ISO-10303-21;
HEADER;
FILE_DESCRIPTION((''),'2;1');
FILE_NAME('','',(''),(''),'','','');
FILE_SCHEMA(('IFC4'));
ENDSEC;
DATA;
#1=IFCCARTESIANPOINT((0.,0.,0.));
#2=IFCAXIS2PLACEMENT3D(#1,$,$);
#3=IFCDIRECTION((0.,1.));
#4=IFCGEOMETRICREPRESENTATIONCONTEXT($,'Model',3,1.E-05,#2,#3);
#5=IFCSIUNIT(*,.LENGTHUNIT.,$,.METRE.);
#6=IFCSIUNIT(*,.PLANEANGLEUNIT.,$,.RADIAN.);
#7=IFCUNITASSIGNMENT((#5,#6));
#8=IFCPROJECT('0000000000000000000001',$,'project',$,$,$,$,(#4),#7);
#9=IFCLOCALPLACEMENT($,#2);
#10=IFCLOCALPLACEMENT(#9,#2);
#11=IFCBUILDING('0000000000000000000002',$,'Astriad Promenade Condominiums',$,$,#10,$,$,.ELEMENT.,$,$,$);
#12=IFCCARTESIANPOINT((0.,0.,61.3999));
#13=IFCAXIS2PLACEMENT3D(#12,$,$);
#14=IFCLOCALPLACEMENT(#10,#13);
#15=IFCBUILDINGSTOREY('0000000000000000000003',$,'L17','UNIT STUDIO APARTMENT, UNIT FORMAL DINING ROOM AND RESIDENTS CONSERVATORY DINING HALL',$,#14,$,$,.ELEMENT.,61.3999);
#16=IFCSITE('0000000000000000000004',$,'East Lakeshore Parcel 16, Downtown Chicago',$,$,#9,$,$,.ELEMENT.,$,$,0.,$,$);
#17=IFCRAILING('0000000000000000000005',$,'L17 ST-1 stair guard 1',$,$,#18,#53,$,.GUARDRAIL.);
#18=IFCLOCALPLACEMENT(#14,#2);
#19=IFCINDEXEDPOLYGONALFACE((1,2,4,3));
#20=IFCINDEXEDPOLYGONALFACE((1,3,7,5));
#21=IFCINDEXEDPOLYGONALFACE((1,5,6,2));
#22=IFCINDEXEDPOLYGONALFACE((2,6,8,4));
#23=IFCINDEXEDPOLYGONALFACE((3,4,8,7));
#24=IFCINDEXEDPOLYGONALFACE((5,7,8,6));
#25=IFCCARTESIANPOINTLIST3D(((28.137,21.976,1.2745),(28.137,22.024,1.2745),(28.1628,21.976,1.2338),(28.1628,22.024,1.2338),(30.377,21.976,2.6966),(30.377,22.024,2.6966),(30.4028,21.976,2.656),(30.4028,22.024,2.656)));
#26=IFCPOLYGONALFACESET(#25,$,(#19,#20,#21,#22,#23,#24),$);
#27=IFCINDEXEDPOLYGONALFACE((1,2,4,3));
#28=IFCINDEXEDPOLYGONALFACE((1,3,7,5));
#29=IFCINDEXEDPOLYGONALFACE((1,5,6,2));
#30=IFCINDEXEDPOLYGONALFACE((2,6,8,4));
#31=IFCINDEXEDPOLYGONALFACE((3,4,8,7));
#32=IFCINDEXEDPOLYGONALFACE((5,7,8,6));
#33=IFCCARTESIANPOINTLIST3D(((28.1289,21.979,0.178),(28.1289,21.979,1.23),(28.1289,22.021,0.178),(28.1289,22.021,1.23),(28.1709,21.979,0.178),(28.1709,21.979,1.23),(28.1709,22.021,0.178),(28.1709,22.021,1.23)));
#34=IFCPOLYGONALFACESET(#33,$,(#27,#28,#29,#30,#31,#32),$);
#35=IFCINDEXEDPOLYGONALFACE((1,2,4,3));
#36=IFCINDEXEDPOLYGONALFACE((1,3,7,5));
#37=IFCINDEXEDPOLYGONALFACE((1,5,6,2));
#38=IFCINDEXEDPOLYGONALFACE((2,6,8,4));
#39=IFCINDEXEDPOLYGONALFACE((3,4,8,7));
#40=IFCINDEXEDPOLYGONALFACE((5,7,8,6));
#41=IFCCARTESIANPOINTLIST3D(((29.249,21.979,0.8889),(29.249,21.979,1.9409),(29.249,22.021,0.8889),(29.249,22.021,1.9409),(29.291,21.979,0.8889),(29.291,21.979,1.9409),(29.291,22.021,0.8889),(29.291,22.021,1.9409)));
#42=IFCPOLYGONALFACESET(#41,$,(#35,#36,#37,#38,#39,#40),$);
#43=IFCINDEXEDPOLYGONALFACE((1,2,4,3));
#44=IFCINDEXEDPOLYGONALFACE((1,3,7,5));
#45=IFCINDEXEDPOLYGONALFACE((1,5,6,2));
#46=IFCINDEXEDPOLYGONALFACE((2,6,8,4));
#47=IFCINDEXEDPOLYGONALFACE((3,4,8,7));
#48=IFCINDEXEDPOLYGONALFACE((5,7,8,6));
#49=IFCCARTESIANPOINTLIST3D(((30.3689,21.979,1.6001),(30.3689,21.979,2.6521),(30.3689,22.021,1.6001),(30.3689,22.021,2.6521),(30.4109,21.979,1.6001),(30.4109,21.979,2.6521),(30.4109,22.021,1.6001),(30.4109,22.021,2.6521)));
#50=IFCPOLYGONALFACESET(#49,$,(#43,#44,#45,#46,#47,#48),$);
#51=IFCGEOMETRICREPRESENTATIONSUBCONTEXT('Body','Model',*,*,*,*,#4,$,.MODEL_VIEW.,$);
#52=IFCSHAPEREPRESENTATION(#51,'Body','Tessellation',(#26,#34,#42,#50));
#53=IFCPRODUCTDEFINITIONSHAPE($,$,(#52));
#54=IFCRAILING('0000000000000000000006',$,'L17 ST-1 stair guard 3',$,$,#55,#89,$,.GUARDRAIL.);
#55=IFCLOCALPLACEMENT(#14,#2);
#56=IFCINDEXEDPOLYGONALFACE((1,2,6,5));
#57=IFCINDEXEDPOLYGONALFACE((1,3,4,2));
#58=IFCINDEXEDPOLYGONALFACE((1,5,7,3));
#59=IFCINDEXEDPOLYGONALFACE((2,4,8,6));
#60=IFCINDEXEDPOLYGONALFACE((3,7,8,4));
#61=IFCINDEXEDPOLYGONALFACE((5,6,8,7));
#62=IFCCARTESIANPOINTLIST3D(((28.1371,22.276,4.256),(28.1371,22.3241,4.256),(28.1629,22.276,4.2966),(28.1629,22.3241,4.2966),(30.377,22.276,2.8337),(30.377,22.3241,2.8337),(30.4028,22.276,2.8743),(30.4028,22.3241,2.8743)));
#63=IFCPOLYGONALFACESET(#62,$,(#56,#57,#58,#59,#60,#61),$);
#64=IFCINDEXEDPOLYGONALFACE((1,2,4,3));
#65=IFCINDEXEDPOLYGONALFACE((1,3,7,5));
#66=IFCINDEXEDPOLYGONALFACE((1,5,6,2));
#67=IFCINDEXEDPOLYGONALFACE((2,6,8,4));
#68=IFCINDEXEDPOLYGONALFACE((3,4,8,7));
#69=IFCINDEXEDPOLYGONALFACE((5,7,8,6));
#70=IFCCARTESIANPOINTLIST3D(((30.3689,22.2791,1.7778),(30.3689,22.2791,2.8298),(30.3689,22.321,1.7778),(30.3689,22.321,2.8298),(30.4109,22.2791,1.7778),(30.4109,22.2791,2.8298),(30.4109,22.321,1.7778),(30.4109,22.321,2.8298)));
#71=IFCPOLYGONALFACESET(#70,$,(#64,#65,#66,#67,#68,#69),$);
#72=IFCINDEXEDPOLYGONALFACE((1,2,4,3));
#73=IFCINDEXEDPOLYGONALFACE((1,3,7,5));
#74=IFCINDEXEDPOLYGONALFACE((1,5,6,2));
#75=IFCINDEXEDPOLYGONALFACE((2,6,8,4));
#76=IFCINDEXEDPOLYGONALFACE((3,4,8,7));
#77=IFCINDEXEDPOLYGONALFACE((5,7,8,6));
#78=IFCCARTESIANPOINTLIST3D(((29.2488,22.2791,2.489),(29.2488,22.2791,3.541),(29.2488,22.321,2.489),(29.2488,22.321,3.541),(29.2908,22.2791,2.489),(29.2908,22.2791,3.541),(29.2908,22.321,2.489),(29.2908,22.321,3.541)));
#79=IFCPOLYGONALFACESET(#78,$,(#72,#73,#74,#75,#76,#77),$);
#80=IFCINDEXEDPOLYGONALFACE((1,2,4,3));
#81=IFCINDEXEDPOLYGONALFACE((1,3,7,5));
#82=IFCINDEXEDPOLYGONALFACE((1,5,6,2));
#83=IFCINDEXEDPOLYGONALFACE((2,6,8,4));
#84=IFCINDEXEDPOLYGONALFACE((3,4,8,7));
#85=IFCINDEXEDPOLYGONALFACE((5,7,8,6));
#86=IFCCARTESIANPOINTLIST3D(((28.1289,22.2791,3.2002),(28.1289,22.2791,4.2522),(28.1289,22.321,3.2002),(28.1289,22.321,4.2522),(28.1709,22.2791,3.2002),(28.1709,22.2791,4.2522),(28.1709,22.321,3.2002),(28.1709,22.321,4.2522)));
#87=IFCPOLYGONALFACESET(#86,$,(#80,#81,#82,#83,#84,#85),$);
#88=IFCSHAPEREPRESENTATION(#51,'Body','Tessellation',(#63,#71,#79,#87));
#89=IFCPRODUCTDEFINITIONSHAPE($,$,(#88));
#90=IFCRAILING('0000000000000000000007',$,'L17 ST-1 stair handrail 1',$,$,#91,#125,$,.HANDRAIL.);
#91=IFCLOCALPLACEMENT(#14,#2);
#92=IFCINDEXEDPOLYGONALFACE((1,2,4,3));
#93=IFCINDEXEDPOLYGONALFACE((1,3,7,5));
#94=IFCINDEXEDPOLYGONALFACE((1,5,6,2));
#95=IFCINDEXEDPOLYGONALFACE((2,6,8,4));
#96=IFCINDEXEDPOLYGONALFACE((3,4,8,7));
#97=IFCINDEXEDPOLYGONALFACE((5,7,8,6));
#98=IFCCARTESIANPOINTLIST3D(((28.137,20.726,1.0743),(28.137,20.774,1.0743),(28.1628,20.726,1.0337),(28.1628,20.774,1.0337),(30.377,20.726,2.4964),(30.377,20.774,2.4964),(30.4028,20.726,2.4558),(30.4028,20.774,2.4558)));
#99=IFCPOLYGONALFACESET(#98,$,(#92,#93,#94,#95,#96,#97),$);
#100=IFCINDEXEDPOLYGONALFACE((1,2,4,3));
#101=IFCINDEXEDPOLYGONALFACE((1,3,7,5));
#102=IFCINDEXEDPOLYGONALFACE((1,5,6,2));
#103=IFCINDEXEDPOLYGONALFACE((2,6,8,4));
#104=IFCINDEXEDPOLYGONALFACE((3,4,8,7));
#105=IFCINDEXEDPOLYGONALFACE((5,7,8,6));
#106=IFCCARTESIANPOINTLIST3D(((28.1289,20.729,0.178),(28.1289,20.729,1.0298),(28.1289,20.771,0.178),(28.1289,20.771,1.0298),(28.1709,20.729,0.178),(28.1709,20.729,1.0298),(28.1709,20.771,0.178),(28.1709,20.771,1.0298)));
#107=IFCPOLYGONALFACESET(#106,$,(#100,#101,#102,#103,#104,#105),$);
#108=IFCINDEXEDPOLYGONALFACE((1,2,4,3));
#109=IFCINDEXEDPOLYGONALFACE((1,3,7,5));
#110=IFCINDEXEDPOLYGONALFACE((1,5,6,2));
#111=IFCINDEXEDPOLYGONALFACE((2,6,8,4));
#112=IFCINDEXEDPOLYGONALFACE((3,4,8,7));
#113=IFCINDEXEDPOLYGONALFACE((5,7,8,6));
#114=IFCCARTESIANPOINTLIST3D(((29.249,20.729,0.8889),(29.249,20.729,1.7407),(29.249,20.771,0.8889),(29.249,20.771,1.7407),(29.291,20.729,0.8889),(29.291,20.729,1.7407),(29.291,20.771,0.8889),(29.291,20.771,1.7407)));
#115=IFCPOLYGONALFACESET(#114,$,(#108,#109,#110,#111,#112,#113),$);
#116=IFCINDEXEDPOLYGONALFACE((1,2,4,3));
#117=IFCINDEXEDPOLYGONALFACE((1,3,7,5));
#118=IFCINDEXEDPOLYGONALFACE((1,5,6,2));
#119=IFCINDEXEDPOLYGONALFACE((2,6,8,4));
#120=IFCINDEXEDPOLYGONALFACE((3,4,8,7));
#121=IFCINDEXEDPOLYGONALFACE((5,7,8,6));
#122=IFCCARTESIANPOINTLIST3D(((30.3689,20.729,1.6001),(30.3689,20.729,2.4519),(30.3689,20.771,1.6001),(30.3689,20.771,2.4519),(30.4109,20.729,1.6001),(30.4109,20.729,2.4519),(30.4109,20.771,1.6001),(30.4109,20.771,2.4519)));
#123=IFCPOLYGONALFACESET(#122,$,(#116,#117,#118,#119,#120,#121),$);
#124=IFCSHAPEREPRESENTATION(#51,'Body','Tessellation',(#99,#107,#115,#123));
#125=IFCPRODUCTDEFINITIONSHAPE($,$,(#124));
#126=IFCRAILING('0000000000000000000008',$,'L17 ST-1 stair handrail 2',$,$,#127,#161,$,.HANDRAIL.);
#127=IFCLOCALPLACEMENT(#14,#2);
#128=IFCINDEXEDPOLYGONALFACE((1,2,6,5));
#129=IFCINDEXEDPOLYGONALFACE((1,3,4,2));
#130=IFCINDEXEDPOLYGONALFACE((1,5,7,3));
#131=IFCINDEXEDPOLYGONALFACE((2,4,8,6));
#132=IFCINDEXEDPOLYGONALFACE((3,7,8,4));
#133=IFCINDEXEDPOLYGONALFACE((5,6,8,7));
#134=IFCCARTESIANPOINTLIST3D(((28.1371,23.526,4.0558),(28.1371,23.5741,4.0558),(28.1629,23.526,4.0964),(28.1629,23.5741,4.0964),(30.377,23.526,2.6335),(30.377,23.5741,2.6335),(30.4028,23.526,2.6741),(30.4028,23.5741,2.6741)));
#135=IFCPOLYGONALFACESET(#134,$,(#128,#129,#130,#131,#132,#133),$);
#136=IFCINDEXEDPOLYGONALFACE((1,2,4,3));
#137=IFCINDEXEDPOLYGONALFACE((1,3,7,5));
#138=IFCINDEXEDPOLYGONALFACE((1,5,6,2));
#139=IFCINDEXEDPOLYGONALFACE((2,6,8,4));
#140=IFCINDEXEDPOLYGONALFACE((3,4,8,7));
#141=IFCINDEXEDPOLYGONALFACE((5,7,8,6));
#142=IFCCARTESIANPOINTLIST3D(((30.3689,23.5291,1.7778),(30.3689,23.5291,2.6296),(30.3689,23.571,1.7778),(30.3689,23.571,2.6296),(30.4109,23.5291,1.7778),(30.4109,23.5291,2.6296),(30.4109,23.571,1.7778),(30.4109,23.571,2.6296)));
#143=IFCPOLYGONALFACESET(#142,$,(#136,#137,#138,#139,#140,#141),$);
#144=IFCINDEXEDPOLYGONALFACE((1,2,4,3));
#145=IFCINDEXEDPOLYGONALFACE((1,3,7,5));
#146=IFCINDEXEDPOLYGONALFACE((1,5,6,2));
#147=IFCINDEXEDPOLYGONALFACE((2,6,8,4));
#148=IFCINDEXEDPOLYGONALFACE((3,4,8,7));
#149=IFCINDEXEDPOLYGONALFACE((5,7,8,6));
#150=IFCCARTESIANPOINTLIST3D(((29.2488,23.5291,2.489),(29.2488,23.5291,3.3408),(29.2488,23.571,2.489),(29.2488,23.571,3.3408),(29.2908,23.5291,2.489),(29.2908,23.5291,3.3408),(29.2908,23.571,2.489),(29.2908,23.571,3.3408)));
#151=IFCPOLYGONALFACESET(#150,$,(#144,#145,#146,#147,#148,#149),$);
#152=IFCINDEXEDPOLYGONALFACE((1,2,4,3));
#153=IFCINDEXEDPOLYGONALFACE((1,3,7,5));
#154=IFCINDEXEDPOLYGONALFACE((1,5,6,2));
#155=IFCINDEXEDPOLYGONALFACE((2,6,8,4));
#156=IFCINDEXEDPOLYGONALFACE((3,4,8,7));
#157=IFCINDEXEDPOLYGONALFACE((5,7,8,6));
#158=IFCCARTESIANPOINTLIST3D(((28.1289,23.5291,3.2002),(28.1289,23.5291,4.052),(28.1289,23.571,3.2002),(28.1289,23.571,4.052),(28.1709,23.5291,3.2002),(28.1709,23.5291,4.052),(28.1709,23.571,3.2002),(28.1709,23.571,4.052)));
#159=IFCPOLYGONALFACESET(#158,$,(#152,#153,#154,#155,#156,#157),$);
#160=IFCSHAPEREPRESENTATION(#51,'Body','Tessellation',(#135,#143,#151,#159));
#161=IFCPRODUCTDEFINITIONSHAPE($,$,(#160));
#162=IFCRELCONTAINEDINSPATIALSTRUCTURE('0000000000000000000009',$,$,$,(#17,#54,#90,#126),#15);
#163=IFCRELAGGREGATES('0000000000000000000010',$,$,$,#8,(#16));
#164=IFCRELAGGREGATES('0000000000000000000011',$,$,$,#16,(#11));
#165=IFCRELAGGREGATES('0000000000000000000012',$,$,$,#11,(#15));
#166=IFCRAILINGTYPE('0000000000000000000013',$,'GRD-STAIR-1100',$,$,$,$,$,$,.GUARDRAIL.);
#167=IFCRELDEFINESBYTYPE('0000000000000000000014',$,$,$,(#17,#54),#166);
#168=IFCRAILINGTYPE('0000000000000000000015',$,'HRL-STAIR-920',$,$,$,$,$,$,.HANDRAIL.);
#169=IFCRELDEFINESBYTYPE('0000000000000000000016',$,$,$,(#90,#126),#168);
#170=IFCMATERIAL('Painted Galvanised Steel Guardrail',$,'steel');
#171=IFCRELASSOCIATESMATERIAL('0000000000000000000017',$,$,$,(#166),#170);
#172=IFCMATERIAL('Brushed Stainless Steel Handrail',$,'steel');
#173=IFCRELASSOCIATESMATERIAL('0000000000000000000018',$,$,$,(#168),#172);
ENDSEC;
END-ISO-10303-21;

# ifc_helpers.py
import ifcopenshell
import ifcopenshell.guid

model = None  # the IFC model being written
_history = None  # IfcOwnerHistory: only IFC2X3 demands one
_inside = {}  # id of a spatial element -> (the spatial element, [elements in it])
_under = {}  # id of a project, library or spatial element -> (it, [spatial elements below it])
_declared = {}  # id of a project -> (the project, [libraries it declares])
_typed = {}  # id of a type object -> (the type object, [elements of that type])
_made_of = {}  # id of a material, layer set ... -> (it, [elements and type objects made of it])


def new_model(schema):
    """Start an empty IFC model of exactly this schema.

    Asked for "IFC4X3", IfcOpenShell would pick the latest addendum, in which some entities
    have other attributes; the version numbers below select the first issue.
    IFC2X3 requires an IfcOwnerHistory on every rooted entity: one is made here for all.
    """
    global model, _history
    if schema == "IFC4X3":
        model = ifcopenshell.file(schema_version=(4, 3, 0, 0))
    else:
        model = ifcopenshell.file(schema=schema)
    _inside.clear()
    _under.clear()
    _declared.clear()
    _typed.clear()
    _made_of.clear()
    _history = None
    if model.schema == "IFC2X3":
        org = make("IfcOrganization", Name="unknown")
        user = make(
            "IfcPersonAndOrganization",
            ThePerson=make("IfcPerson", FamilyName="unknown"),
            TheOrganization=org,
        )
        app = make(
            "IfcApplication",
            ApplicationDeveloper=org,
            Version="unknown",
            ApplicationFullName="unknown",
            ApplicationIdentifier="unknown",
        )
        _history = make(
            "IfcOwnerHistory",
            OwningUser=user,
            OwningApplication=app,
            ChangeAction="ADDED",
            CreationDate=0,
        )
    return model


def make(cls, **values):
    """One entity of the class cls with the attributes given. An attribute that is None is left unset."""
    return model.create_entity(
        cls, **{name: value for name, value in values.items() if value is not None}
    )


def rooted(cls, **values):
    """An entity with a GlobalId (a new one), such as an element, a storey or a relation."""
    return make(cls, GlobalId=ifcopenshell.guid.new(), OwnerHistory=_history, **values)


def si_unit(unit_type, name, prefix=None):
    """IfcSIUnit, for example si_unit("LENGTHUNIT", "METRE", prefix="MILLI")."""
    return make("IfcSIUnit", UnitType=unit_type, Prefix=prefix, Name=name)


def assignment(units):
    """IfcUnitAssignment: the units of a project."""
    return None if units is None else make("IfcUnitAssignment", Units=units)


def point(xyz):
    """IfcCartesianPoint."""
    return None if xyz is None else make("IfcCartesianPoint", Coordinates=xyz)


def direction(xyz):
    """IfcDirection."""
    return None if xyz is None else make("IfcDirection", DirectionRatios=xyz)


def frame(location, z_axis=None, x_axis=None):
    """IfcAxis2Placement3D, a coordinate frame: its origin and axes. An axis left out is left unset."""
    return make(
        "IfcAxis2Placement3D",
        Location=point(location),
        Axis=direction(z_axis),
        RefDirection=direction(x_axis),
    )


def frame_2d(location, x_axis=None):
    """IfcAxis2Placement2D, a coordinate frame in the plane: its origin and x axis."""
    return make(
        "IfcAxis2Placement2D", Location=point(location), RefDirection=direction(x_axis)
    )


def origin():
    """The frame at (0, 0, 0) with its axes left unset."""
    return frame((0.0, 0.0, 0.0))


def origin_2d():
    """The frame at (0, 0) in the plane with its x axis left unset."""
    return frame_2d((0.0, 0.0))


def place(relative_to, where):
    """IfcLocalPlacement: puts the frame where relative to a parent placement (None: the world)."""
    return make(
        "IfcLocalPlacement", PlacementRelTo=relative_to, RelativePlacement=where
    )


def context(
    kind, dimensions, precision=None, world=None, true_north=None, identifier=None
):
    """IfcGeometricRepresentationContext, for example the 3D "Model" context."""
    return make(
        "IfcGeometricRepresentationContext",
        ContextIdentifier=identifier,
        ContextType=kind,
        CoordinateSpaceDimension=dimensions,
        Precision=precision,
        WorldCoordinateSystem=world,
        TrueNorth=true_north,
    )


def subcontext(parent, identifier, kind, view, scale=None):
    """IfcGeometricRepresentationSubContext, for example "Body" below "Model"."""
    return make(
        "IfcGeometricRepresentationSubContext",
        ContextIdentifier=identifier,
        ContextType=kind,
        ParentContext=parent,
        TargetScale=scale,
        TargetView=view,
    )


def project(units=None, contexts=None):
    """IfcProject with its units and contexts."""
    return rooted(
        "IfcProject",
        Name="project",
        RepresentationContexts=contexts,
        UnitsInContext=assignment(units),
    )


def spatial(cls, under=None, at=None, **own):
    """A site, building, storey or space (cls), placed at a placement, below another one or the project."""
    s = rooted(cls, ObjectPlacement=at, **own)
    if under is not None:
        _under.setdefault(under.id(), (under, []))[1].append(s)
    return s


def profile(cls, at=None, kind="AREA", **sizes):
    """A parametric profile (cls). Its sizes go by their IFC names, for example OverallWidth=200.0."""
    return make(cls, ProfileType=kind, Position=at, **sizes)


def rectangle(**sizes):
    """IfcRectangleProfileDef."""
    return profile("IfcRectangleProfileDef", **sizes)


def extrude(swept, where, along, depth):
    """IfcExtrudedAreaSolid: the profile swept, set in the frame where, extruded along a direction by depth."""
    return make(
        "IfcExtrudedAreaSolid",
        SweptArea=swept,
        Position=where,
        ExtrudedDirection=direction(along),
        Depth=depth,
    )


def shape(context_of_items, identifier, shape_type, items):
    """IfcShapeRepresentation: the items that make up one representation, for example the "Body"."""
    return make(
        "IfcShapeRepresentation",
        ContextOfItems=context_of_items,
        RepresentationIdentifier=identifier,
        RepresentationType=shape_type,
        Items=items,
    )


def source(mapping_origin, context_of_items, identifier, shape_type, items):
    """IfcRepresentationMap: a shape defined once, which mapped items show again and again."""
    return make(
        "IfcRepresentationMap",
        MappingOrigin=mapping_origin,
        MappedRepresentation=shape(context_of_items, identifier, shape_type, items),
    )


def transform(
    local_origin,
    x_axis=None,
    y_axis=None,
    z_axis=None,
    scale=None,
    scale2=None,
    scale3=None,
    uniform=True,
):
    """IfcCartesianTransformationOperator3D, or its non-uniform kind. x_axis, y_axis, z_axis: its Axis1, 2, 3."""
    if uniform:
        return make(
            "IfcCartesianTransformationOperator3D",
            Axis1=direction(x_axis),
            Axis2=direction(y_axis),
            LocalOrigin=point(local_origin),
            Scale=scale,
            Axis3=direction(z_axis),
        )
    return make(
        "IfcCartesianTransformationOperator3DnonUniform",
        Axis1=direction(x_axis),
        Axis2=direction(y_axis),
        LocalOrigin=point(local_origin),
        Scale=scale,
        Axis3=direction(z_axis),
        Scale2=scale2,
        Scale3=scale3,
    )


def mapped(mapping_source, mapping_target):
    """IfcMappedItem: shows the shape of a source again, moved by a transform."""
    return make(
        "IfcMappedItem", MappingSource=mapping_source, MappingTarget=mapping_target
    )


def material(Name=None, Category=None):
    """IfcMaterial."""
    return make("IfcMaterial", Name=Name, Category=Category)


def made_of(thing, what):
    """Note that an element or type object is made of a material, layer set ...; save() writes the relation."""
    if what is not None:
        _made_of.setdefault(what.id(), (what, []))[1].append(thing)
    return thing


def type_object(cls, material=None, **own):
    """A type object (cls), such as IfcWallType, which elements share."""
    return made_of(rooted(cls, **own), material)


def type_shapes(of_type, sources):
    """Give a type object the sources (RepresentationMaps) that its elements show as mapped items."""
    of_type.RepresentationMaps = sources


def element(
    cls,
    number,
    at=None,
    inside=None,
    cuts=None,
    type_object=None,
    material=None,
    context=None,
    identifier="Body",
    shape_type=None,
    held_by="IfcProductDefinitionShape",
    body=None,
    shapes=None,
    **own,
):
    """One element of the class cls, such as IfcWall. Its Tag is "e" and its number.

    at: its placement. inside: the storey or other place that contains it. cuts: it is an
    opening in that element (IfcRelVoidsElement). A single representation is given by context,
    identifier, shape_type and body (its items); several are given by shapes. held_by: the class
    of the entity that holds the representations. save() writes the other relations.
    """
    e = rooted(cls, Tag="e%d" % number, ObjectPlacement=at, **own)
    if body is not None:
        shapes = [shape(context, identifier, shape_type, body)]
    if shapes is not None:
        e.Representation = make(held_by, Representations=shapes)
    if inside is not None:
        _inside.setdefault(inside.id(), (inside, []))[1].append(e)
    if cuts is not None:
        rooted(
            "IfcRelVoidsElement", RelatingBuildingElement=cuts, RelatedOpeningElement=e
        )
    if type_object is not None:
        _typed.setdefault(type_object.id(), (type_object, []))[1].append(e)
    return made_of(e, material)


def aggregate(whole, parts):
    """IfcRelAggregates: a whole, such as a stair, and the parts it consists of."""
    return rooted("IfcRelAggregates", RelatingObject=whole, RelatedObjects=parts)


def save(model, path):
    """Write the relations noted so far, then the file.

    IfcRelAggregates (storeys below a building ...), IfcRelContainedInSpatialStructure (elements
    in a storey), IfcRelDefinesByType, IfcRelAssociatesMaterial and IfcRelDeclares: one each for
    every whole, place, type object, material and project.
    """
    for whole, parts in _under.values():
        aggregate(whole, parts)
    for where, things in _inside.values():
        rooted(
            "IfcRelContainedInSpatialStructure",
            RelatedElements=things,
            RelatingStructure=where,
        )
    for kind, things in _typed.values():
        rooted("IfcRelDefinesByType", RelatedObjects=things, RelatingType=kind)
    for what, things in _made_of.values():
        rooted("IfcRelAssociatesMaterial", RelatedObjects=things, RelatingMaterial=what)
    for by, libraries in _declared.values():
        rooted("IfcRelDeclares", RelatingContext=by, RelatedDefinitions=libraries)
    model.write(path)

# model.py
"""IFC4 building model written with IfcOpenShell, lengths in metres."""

from ifc_helpers import new_model, si_unit, direction, frame, origin, origin_2d, place, context, subcontext, project, spatial, rectangle, extrude, source, transform, mapped, material, type_object, type_shapes, element, save


model = new_model("IFC4")

# Units and contexts
model_context = context("Model", 3, precision=1e-05, world=origin(), true_north=direction((0.0, 1.0)))
body_context = subcontext(model_context, "Body", "Model", "MODEL_VIEW")
ifc_project = project(units=[si_unit("LENGTHUNIT", "METRE"), si_unit("PLANEANGLEUNIT", "RADIAN")], contexts=[model_context])

# Site, building, storey
site_placement = place(None, origin())
site = spatial("IfcSite", under=ifc_project, at=site_placement, Name="East Lakeshore Parcel 16, Downtown Chicago", CompositionType="ELEMENT", RefElevation=0.0)
building_placement = place(site_placement, origin())
building = spatial("IfcBuilding", under=site, at=building_placement, Name="Astriad Promenade Condominiums", CompositionType="ELEMENT")
storey_placement = place(building_placement, frame((0.0, 0.0, 61.3999)))
storey = spatial("IfcBuildingStorey", under=building, at=storey_placement, Name="L17", Description="UNIT STUDIO APARTMENT, UNIT FORMAL DINING ROOM AND RESIDENTS CONSERVATORY DINING HALL", CompositionType="ELEMENT", Elevation=61.3999)

# Railings
ifc_material_1 = material(Name="Painted Galvanised Steel Guardrail", Category="steel")
railing_type_1 = type_object("IfcRailingType", Name="GRD-STAIR-1100", PredefinedType="GUARDRAIL", material=ifc_material_1)
shared_shape_1 = source(origin(), body_context, "Body", "SweptSolid", [
    extrude(rectangle(XDim=0.0481, YDim=0.0481, at=origin_2d()), frame((0.0, 0.0, 1.0762), z_axis=(0.844229, 0.0, 0.535982), x_axis=(0.0, 1.0, 0.0)), (0.0, 0.0, 1.0), 2.6533),
    extrude(rectangle(XDim=0.042, YDim=0.042, at=origin_2d()), origin(), (0.0, 0.0, 1.0), 1.052),
    extrude(rectangle(XDim=0.042, YDim=0.042, at=origin_2d()), frame((1.1201, 0.0, 0.7109)), (0.0, 0.0, 1.0), 1.052),
    extrude(rectangle(XDim=0.042, YDim=0.042, at=origin_2d()), frame((2.24, 0.0, 1.4221)), (0.0, 0.0, 1.0), 1.052),
])
railing_1_placement = place(storey_placement, frame((28.1499, 22.0, 0.178)))
element("IfcRailing", 1, at=railing_1_placement, inside=storey, type_object=railing_type_1, Name="L17 ST-1 stair guard 1", PredefinedType="GUARDRAIL", context=body_context, shape_type="MappedRepresentation", body=[
    mapped(shared_shape_1, transform((0.0, 0.0, 0.0), scale=1.0)),
])
shared_shape_2 = source(origin(), body_context, "Body", "SweptSolid", [
    extrude(rectangle(XDim=0.0481, YDim=0.0481, at=origin_2d()), frame((0.0, 0.0, 1.0762), z_axis=(-0.844188, 0.0, 0.536048), x_axis=(0.0, -1.0, 0.0)), (0.0, 0.0, 1.0), 2.6533),
    extrude(rectangle(XDim=0.042, YDim=0.042, at=origin_2d()), origin(), (0.0, 0.0, 1.0), 1.052),
    extrude(rectangle(XDim=0.042, YDim=0.042, at=origin_2d()), frame((-1.1201, 0.0, 0.7112)), (0.0, 0.0, 1.0), 1.052),
    extrude(rectangle(XDim=0.042, YDim=0.042, at=origin_2d()), frame((-2.24, 0.0, 1.4224)), (0.0, 0.0, 1.0), 1.052),
])
railing_2_placement = place(storey_placement, frame((30.3899, 22.3, 1.7778)))
element("IfcRailing", 2, at=railing_2_placement, inside=storey, type_object=railing_type_1, Name="L17 ST-1 stair guard 3", PredefinedType="GUARDRAIL", context=body_context, shape_type="MappedRepresentation", body=[
    mapped(shared_shape_2, transform((0.0, 0.0, 0.0), scale=1.0)),
])
ifc_material_2 = material(Name="Brushed Stainless Steel Handrail", Category="steel")
railing_type_2 = type_object("IfcRailingType", Name="HRL-STAIR-920", PredefinedType="HANDRAIL", material=ifc_material_2)
shared_shape_3 = source(origin(), body_context, "Body", "SweptSolid", [
    extrude(rectangle(XDim=0.0481, YDim=0.0481, at=origin_2d()), frame((0.0, 0.0, 0.876), z_axis=(0.844229, 0.0, 0.535982), x_axis=(0.0, 1.0, 0.0)), (0.0, 0.0, 1.0), 2.6533),
    extrude(rectangle(XDim=0.042, YDim=0.042, at=origin_2d()), origin(), (0.0, 0.0, 1.0), 0.8518),
    extrude(rectangle(XDim=0.042, YDim=0.042, at=origin_2d()), frame((1.1201, 0.0, 0.7109)), (0.0, 0.0, 1.0), 0.8518),
    extrude(rectangle(XDim=0.042, YDim=0.042, at=origin_2d()), frame((2.24, 0.0, 1.4221)), (0.0, 0.0, 1.0), 0.8518),
])
railing_3_placement = place(storey_placement, frame((28.1499, 20.75, 0.178)))
element("IfcRailing", 3, at=railing_3_placement, inside=storey, type_object=railing_type_2, Name="L17 ST-1 stair handrail 1", PredefinedType="HANDRAIL", context=body_context, shape_type="MappedRepresentation", body=[
    mapped(shared_shape_3, transform((0.0, 0.0, 0.0), scale=1.0)),
])
shared_shape_4 = source(origin(), body_context, "Body", "SweptSolid", [
    extrude(rectangle(XDim=0.0481, YDim=0.0481, at=origin_2d()), frame((0.0, 0.0, 0.876), z_axis=(-0.844188, 0.0, 0.536048), x_axis=(0.0, -1.0, 0.0)), (0.0, 0.0, 1.0), 2.6533),
    extrude(rectangle(XDim=0.042, YDim=0.042, at=origin_2d()), origin(), (0.0, 0.0, 1.0), 0.8518),
    extrude(rectangle(XDim=0.042, YDim=0.042, at=origin_2d()), frame((-1.1201, 0.0, 0.7112)), (0.0, 0.0, 1.0), 0.8518),
    extrude(rectangle(XDim=0.042, YDim=0.042, at=origin_2d()), frame((-2.24, 0.0, 1.4224)), (0.0, 0.0, 1.0), 0.8518),
])
type_shapes(railing_type_2, [shared_shape_3, shared_shape_4])
railing_4_placement = place(storey_placement, frame((30.3899, 23.55, 1.7778)))
element("IfcRailing", 4, at=railing_4_placement, inside=storey, type_object=railing_type_2, Name="L17 ST-1 stair handrail 2", PredefinedType="HANDRAIL", context=body_context, shape_type="MappedRepresentation", body=[
    mapped(shared_shape_4, transform((0.0, 0.0, 0.0), scale=1.0)),
])

save(model, "model.ifc")
